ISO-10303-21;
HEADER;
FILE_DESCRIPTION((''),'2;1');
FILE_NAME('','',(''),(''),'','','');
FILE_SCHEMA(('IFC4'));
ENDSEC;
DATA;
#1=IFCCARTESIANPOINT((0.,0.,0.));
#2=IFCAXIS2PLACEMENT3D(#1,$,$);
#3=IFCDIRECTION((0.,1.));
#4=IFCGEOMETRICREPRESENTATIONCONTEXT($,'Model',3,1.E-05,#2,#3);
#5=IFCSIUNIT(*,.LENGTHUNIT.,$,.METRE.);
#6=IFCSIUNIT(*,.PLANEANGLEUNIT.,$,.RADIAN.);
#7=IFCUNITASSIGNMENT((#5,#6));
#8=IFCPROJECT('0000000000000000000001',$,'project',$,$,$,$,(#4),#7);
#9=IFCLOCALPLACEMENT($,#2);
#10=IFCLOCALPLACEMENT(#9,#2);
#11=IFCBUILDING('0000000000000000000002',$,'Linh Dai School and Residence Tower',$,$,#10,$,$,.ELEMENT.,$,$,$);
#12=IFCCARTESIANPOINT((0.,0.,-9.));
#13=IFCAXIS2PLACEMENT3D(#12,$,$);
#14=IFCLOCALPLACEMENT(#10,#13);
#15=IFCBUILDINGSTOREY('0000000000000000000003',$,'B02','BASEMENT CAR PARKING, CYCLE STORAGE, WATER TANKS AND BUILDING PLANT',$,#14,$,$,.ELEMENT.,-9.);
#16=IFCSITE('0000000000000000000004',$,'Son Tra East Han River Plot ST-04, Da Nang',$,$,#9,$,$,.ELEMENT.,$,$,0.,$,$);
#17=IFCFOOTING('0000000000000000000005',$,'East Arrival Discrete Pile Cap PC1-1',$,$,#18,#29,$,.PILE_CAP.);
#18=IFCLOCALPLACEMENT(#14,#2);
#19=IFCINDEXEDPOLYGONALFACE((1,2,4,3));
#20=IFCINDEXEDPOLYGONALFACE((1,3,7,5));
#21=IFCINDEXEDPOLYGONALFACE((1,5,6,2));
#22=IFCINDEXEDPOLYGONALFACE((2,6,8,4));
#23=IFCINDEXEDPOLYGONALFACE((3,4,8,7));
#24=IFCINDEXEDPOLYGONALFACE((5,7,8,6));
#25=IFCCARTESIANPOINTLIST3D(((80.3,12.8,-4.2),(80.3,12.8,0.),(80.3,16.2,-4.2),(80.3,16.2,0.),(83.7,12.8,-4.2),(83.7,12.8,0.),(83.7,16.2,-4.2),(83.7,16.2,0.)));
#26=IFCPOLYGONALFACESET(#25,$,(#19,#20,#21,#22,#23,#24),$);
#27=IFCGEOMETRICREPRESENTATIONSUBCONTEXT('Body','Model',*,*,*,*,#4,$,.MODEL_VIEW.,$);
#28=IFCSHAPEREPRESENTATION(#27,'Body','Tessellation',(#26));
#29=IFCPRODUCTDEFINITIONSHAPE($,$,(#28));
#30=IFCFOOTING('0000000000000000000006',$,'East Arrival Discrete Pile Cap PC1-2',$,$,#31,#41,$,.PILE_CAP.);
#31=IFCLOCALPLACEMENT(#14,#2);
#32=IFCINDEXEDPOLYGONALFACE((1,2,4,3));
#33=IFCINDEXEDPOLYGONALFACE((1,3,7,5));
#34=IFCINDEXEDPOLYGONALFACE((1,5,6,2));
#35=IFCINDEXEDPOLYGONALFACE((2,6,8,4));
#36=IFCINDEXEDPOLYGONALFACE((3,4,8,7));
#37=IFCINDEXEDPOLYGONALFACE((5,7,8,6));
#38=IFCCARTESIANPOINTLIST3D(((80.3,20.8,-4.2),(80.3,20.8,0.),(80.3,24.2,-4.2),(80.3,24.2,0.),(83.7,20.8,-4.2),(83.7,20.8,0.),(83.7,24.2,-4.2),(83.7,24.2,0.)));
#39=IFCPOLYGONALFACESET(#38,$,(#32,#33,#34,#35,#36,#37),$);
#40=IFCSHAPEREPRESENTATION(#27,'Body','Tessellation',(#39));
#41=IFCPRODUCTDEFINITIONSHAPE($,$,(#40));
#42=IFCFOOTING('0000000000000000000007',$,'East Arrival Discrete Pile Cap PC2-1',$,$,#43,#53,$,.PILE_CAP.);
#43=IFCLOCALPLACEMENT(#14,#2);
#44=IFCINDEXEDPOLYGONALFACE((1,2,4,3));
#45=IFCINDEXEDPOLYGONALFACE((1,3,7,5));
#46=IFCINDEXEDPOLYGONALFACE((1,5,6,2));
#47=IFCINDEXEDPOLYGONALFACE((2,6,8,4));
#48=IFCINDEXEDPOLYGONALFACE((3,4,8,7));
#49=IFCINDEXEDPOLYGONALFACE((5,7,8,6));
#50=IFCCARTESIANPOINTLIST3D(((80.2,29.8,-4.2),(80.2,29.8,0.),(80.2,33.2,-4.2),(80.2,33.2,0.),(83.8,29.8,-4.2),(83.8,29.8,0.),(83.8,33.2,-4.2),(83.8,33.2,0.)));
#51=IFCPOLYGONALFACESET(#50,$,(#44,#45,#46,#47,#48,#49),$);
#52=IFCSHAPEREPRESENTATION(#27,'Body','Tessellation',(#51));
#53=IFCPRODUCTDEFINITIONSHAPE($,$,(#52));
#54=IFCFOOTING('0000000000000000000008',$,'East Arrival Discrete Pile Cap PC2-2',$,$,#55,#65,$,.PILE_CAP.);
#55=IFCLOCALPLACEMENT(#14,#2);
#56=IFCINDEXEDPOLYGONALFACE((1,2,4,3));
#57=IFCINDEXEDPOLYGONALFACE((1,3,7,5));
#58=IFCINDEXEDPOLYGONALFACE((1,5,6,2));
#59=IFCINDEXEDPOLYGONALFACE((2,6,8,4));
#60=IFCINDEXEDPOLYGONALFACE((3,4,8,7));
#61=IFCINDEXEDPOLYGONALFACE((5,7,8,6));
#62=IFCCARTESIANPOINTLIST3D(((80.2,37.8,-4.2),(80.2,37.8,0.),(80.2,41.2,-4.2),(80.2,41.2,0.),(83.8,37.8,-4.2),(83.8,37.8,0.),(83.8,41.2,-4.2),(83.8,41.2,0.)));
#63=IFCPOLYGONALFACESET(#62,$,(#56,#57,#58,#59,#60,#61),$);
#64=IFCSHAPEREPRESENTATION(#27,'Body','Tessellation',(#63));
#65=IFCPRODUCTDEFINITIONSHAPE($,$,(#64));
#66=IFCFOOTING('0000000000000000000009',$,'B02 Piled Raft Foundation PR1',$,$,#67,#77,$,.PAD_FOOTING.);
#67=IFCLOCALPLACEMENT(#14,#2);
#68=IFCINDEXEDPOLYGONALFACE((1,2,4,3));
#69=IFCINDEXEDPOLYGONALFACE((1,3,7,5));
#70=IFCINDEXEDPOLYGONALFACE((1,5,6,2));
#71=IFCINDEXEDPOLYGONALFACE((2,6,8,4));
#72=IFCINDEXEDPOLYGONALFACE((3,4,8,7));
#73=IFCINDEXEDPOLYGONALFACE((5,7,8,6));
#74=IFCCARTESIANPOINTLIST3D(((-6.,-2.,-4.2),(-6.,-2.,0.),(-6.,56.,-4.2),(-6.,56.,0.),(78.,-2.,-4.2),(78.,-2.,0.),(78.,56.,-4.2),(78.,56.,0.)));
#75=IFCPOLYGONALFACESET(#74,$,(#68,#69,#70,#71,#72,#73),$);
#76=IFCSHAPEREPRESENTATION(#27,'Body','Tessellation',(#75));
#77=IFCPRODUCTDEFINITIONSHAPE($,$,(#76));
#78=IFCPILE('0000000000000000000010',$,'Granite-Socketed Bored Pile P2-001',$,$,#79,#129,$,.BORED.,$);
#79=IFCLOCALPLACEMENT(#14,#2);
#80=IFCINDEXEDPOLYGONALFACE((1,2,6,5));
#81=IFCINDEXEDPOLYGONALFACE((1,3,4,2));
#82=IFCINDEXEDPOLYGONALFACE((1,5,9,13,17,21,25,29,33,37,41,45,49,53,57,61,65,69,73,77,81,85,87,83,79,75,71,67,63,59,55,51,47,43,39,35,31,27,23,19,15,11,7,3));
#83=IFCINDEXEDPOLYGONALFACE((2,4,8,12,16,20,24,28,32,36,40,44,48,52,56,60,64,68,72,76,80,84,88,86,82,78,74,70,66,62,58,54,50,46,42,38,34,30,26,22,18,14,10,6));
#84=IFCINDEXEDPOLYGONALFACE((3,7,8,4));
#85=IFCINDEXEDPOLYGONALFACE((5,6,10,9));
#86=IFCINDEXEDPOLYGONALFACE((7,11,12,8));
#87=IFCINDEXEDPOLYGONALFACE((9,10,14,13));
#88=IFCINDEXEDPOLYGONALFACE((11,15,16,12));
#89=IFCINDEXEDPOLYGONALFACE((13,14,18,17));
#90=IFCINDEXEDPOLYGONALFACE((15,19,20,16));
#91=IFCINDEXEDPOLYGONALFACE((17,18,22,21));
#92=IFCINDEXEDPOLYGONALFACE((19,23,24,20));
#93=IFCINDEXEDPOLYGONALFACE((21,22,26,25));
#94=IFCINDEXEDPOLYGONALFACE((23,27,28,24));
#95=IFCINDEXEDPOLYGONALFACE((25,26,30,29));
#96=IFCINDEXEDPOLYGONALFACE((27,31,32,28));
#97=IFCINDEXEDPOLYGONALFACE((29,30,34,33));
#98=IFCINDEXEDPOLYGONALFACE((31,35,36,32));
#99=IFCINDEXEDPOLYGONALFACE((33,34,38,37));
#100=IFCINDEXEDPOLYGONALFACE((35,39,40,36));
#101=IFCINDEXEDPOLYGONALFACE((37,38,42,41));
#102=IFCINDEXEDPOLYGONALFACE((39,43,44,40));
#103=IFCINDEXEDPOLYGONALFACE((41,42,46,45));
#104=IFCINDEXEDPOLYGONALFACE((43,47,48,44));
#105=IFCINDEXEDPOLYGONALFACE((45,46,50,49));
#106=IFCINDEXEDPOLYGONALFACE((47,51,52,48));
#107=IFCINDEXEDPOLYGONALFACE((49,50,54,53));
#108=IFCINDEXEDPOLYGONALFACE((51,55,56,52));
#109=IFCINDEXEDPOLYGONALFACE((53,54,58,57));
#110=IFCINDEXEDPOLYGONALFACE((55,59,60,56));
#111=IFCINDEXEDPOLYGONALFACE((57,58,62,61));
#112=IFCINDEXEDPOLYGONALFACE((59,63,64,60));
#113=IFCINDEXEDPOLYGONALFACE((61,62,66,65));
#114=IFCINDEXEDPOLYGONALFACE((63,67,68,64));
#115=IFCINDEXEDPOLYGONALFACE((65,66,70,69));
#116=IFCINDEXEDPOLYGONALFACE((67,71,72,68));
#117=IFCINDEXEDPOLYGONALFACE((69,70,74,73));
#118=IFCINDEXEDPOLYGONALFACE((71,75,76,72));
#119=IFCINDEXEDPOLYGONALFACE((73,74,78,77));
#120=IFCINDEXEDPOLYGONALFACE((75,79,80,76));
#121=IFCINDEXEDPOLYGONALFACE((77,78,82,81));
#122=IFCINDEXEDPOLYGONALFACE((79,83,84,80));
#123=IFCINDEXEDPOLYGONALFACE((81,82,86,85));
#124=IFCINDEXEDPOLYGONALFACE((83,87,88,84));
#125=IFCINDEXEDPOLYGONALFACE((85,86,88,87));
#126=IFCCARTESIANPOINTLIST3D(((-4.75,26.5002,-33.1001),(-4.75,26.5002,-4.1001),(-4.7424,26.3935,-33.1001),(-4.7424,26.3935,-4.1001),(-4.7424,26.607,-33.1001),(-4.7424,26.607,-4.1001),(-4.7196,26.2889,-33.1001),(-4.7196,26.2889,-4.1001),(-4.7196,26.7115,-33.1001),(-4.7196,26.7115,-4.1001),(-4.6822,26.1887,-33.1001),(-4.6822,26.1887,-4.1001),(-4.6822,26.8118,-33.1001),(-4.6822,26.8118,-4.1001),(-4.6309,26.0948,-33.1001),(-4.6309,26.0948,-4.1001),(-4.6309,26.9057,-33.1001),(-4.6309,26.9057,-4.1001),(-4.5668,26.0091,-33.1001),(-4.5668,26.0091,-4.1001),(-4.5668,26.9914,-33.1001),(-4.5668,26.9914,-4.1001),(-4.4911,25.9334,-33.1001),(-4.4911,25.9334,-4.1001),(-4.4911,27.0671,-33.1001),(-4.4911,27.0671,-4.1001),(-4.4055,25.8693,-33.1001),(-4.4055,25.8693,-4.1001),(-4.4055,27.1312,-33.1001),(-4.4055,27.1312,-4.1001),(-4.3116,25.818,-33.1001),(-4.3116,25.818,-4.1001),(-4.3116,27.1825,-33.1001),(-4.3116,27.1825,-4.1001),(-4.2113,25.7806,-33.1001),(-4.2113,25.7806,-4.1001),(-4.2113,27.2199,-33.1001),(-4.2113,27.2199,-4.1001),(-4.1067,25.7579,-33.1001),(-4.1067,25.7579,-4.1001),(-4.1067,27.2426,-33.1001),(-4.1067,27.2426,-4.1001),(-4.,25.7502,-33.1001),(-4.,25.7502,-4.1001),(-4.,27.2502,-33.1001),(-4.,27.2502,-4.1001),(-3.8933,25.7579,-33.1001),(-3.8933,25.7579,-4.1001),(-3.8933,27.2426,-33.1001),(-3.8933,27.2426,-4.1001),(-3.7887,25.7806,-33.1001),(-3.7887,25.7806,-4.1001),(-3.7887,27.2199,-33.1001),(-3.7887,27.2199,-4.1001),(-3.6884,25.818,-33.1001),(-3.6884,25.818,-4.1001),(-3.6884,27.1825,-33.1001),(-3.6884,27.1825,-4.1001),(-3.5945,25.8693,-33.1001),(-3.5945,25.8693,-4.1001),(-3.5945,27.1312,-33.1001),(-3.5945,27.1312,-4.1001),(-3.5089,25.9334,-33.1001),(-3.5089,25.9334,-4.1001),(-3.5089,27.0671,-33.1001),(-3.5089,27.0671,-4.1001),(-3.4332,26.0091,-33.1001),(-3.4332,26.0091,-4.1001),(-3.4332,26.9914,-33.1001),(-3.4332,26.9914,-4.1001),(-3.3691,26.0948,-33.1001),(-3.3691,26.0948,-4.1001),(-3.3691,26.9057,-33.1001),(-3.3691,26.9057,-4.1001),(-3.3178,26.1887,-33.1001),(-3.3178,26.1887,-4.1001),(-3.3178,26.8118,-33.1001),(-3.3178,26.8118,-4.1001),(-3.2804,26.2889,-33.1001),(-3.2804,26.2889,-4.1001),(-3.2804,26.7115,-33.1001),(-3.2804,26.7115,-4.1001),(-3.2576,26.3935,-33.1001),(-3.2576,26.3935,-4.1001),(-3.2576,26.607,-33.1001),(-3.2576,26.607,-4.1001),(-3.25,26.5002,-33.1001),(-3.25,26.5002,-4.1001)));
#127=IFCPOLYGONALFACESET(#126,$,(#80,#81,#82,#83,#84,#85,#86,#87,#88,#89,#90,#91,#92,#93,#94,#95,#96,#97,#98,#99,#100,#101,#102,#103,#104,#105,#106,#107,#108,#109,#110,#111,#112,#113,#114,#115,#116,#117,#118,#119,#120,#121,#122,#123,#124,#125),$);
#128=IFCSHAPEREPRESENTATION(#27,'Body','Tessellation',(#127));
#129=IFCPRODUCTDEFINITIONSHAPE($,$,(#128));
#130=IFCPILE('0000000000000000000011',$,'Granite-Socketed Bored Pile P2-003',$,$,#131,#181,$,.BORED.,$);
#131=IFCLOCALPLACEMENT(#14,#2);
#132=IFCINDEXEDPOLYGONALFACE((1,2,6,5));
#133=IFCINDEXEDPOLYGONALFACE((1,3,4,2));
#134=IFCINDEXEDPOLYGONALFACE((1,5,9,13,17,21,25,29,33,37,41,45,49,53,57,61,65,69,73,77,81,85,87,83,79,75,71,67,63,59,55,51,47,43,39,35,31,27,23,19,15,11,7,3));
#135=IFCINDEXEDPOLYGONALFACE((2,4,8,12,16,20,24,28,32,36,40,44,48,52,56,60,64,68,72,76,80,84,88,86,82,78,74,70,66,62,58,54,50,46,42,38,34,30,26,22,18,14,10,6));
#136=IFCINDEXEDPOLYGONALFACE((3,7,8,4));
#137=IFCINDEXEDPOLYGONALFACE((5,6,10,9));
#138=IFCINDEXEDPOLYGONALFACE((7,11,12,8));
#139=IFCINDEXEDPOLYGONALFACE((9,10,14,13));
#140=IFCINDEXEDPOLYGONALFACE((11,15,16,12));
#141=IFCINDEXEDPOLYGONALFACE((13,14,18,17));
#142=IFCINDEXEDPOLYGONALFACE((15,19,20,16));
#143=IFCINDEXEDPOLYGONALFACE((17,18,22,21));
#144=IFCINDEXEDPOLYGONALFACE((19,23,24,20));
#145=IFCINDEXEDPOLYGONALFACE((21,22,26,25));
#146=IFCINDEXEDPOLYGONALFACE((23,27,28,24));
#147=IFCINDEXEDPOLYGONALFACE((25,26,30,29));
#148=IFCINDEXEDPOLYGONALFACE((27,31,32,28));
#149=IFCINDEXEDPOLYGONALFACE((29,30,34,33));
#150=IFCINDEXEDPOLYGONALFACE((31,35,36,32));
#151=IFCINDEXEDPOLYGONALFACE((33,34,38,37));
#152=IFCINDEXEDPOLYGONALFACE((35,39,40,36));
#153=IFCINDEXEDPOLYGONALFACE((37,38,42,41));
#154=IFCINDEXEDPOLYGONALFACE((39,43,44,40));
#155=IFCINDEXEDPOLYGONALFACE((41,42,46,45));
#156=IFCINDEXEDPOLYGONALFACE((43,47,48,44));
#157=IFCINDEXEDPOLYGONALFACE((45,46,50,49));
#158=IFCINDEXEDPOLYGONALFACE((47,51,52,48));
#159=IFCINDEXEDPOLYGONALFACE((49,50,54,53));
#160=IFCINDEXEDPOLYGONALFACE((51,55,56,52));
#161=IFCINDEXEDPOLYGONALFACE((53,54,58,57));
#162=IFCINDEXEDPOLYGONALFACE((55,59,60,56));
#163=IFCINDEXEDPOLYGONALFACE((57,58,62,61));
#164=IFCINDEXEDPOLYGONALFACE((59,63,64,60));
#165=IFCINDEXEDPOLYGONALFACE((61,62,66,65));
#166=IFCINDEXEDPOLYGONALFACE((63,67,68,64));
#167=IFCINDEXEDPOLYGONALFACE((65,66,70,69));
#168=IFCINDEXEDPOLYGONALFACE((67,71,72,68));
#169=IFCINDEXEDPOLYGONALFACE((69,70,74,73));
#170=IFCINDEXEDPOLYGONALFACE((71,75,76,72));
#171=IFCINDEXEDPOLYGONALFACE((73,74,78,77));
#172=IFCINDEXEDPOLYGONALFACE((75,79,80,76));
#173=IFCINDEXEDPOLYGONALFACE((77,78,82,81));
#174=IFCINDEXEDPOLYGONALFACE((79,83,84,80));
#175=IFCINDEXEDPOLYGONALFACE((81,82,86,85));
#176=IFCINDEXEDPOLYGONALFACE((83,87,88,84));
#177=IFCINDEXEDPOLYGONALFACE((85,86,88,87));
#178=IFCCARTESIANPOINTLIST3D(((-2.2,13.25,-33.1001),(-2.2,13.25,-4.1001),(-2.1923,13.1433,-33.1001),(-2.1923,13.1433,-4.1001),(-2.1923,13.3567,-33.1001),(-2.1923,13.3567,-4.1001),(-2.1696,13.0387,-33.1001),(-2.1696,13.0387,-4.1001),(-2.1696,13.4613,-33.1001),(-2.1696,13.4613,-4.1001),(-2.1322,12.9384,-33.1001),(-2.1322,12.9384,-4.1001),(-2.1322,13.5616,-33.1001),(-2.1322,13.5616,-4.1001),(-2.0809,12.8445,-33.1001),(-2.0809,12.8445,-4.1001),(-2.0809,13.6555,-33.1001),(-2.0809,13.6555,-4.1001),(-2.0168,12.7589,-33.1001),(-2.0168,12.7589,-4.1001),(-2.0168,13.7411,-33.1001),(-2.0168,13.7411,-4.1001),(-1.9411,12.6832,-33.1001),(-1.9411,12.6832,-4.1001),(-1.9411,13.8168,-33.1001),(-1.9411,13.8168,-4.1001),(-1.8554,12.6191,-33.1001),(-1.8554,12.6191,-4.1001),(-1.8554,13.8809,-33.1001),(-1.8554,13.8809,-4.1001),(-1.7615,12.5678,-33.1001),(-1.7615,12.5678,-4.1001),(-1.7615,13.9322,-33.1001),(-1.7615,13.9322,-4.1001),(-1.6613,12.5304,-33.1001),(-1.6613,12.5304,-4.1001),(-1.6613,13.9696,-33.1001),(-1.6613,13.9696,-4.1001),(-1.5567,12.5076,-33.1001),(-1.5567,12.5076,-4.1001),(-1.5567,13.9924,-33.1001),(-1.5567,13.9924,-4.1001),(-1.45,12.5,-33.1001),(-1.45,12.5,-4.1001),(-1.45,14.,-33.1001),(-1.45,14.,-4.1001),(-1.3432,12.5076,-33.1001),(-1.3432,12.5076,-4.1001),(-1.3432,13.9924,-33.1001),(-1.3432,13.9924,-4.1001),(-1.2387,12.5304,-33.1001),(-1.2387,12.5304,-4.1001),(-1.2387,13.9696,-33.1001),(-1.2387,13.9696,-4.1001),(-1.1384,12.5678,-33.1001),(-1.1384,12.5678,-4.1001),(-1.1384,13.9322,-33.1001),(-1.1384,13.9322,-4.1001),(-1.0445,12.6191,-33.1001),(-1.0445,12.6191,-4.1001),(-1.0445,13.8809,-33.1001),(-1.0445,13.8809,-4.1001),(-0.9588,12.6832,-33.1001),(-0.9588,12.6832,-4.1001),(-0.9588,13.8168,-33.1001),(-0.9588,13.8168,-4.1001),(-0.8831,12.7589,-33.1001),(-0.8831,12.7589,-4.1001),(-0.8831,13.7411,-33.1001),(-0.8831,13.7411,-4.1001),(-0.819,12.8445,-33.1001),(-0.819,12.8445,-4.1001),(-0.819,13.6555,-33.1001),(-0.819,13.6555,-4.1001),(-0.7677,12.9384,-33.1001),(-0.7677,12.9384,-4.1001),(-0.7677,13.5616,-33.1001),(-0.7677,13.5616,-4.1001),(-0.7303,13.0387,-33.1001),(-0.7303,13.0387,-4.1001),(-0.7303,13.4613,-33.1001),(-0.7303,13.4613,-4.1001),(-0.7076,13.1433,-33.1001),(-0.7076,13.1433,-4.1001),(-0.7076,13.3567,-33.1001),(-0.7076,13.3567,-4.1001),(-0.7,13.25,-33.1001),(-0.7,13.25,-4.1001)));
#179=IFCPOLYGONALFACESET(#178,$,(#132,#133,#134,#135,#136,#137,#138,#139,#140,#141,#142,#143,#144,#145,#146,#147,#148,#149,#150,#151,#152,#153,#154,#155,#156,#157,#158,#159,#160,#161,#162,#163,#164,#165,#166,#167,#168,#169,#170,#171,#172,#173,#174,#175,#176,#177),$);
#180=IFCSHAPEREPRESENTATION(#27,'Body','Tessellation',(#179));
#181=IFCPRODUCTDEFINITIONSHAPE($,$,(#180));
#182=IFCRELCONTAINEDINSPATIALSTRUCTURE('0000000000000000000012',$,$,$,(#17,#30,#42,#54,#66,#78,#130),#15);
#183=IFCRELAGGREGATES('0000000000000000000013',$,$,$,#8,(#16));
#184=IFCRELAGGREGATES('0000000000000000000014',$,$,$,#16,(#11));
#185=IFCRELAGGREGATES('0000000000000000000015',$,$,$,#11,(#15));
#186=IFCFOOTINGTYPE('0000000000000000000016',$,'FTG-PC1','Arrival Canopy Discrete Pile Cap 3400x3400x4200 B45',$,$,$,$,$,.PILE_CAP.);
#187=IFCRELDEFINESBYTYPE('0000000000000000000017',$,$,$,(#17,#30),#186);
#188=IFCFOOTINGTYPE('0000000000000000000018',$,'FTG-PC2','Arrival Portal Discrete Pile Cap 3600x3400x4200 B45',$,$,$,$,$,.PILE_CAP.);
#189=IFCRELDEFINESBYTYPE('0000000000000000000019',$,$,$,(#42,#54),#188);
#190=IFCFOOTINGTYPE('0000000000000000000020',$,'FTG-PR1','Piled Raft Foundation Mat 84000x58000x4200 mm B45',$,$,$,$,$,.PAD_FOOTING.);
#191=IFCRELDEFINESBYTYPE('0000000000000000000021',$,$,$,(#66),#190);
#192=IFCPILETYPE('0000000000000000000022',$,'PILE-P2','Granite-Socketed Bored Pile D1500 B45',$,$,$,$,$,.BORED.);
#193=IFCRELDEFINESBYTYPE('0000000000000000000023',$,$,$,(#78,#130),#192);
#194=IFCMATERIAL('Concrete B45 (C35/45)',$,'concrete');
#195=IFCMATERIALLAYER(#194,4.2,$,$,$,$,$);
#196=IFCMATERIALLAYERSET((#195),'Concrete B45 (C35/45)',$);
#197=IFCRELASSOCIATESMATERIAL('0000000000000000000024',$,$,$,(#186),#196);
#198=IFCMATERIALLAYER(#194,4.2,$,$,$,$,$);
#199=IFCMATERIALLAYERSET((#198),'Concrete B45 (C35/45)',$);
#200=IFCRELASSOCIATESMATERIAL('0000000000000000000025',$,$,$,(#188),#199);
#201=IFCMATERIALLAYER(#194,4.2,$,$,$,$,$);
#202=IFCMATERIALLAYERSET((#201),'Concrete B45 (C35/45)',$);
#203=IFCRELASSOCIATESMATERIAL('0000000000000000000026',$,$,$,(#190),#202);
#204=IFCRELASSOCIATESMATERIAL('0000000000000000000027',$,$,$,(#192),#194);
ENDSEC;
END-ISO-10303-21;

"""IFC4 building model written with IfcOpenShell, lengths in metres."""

from ifc_helpers import new_model, si_unit, direction, frame, origin, origin_2d, place, context, subcontext, project, spatial, polyline, circle, outline, extrude, material, layer, layer_set, material_profile, profile_set, type_object, element, save


model = new_model("IFC4")

# Units and contexts
model_context = context("Model", 3, precision=1e-05, world=origin(), true_north=direction((0.0, 1.0)))
body_context = subcontext(model_context, "Body", "Model", "MODEL_VIEW")
ifc_project = project(units=[si_unit("LENGTHUNIT", "METRE"), si_unit("PLANEANGLEUNIT", "RADIAN")], contexts=[model_context])

# Site, building, storey
site_placement = place(None, origin())
site = spatial("IfcSite", under=ifc_project, at=site_placement, Name="Son Tra East Han River Plot ST-04, Da Nang", CompositionType="ELEMENT", RefElevation=0.0)
building_placement = place(site_placement, origin())
building = spatial("IfcBuilding", under=site, at=building_placement, Name="Linh Dai School and Residence Tower", CompositionType="ELEMENT")
storey_placement = place(building_placement, frame((0.0, 0.0, -9.0)))
storey = spatial("IfcBuildingStorey", under=building, at=storey_placement, Name="B02", Description="BASEMENT CAR PARKING, CYCLE STORAGE, WATER TANKS AND BUILDING PLANT", CompositionType="ELEMENT", Elevation=-9.0)

# Footings
ifc_material_1 = material(Name="Concrete B45 (C35/45)", Category="concrete")
ifc_layer_1 = layer(ifc_material_1, 4.2)
ifc_layer_set_1 = layer_set([ifc_layer_1], Name="Concrete B45 (C35/45)")
footing_type_1 = type_object("IfcFootingType", Name="FTG-PC1", Description="Arrival Canopy Discrete Pile Cap 3400x3400x4200 B45", PredefinedType="PILE_CAP", material=ifc_layer_set_1)
footing_1_placement = place(storey_placement, frame((0.0, 0.0, -4.2)))
element("IfcFooting", 1, at=footing_1_placement, inside=storey, type_object=footing_type_1, Name="East Arrival Discrete Pile Cap PC1-1", PredefinedType="PILE_CAP", context=body_context, shape_type="SweptSolid", body=[
    extrude(outline(polyline([(80.3, 12.8), (83.7, 12.8), (83.7, 16.2), (80.3, 16.2), (80.3, 12.8)])), origin(), (0.0, 0.0, 1.0), 4.2),
])
footing_2_placement = place(storey_placement, frame((0.0, 0.0, -4.2)))
element("IfcFooting", 2, at=footing_2_placement, inside=storey, type_object=footing_type_1, Name="East Arrival Discrete Pile Cap PC1-2", PredefinedType="PILE_CAP", context=body_context, shape_type="SweptSolid", body=[
    extrude(outline(polyline([(80.3, 20.8), (83.7, 20.8), (83.7, 24.2), (80.3, 24.2), (80.3, 20.8)])), origin(), (0.0, 0.0, 1.0), 4.2),
])
ifc_layer_2 = layer(ifc_material_1, 4.2)
ifc_layer_set_2 = layer_set([ifc_layer_2], Name="Concrete B45 (C35/45)")
footing_type_2 = type_object("IfcFootingType", Name="FTG-PC2", Description="Arrival Portal Discrete Pile Cap 3600x3400x4200 B45", PredefinedType="PILE_CAP", material=ifc_layer_set_2)
footing_3_placement = place(storey_placement, frame((0.0, 0.0, -4.2)))
element("IfcFooting", 3, at=footing_3_placement, inside=storey, type_object=footing_type_2, Name="East Arrival Discrete Pile Cap PC2-1", PredefinedType="PILE_CAP", context=body_context, shape_type="SweptSolid", body=[
    extrude(outline(polyline([(80.2, 29.8), (83.8, 29.8), (83.8, 33.2), (80.2, 33.2), (80.2, 29.8)])), origin(), (0.0, 0.0, 1.0), 4.2),
])
footing_4_placement = place(storey_placement, frame((0.0, 0.0, -4.2)))
element("IfcFooting", 4, at=footing_4_placement, inside=storey, type_object=footing_type_2, Name="East Arrival Discrete Pile Cap PC2-2", PredefinedType="PILE_CAP", context=body_context, shape_type="SweptSolid", body=[
    extrude(outline(polyline([(80.2, 37.8), (83.8, 37.8), (83.8, 41.2), (80.2, 41.2), (80.2, 37.8)])), origin(), (0.0, 0.0, 1.0), 4.2),
])
ifc_layer_3 = layer(ifc_material_1, 4.2)
ifc_layer_set_3 = layer_set([ifc_layer_3], Name="Concrete B45 (C35/45)")
footing_type_3 = type_object("IfcFootingType", Name="FTG-PR1", Description="Piled Raft Foundation Mat 84000x58000x4200 mm B45", PredefinedType="PAD_FOOTING", material=ifc_layer_set_3)
footing_5_placement = place(storey_placement, frame((0.0, 0.0, -4.2)))
element("IfcFooting", 5, at=footing_5_placement, inside=storey, type_object=footing_type_3, Name="B02 Piled Raft Foundation PR1", PredefinedType="PAD_FOOTING", context=body_context, shape_type="SweptSolid", body=[
    extrude(outline(polyline([(-6.0, -2.0), (78.0, -2.0), (78.0, 56.0), (-6.0, 56.0), (-6.0, -2.0)])), origin(), (0.0, 0.0, 1.0), 4.2),
])

# Piles
ifc_material_profile_1 = material_profile(ifc_material_1, circle(Radius=0.75, at=origin_2d()), Name="PILE D1500")
ifc_profile_set_1 = profile_set([ifc_material_profile_1], Name="Concrete B45 (C35/45)")
pile_type = type_object("IfcPileType", Name="PILE-P2", Description="Granite-Socketed Bored Pile D1500 B45", PredefinedType="BORED", material=ifc_profile_set_1)
for number, where, z_axis, x_axis, name in (
    (6, (-4.0, 26.5002, -4.1001), (0.0, 0.0, -1.0), (1.0, 0.0, 0.0), "Granite-Socketed Bored Pile P2-001"),
    (7, (-1.45, 13.25, -4.1001), (0.0, 0.0, -1.0), (1.0, 0.0, 0.0), "Granite-Socketed Bored Pile P2-003"),
):
    element("IfcPile", number, at=place(storey_placement, frame(where, z_axis=z_axis, x_axis=x_axis)), inside=storey, type_object=pile_type, Name=name, PredefinedType="BORED", context=body_context, shape_type="SweptSolid", body=[
        extrude(circle(Radius=0.75, at=origin_2d()), origin(), (0.0, 0.0, 1.0), 29.0),
    ])

save(model, "model.ifc")
